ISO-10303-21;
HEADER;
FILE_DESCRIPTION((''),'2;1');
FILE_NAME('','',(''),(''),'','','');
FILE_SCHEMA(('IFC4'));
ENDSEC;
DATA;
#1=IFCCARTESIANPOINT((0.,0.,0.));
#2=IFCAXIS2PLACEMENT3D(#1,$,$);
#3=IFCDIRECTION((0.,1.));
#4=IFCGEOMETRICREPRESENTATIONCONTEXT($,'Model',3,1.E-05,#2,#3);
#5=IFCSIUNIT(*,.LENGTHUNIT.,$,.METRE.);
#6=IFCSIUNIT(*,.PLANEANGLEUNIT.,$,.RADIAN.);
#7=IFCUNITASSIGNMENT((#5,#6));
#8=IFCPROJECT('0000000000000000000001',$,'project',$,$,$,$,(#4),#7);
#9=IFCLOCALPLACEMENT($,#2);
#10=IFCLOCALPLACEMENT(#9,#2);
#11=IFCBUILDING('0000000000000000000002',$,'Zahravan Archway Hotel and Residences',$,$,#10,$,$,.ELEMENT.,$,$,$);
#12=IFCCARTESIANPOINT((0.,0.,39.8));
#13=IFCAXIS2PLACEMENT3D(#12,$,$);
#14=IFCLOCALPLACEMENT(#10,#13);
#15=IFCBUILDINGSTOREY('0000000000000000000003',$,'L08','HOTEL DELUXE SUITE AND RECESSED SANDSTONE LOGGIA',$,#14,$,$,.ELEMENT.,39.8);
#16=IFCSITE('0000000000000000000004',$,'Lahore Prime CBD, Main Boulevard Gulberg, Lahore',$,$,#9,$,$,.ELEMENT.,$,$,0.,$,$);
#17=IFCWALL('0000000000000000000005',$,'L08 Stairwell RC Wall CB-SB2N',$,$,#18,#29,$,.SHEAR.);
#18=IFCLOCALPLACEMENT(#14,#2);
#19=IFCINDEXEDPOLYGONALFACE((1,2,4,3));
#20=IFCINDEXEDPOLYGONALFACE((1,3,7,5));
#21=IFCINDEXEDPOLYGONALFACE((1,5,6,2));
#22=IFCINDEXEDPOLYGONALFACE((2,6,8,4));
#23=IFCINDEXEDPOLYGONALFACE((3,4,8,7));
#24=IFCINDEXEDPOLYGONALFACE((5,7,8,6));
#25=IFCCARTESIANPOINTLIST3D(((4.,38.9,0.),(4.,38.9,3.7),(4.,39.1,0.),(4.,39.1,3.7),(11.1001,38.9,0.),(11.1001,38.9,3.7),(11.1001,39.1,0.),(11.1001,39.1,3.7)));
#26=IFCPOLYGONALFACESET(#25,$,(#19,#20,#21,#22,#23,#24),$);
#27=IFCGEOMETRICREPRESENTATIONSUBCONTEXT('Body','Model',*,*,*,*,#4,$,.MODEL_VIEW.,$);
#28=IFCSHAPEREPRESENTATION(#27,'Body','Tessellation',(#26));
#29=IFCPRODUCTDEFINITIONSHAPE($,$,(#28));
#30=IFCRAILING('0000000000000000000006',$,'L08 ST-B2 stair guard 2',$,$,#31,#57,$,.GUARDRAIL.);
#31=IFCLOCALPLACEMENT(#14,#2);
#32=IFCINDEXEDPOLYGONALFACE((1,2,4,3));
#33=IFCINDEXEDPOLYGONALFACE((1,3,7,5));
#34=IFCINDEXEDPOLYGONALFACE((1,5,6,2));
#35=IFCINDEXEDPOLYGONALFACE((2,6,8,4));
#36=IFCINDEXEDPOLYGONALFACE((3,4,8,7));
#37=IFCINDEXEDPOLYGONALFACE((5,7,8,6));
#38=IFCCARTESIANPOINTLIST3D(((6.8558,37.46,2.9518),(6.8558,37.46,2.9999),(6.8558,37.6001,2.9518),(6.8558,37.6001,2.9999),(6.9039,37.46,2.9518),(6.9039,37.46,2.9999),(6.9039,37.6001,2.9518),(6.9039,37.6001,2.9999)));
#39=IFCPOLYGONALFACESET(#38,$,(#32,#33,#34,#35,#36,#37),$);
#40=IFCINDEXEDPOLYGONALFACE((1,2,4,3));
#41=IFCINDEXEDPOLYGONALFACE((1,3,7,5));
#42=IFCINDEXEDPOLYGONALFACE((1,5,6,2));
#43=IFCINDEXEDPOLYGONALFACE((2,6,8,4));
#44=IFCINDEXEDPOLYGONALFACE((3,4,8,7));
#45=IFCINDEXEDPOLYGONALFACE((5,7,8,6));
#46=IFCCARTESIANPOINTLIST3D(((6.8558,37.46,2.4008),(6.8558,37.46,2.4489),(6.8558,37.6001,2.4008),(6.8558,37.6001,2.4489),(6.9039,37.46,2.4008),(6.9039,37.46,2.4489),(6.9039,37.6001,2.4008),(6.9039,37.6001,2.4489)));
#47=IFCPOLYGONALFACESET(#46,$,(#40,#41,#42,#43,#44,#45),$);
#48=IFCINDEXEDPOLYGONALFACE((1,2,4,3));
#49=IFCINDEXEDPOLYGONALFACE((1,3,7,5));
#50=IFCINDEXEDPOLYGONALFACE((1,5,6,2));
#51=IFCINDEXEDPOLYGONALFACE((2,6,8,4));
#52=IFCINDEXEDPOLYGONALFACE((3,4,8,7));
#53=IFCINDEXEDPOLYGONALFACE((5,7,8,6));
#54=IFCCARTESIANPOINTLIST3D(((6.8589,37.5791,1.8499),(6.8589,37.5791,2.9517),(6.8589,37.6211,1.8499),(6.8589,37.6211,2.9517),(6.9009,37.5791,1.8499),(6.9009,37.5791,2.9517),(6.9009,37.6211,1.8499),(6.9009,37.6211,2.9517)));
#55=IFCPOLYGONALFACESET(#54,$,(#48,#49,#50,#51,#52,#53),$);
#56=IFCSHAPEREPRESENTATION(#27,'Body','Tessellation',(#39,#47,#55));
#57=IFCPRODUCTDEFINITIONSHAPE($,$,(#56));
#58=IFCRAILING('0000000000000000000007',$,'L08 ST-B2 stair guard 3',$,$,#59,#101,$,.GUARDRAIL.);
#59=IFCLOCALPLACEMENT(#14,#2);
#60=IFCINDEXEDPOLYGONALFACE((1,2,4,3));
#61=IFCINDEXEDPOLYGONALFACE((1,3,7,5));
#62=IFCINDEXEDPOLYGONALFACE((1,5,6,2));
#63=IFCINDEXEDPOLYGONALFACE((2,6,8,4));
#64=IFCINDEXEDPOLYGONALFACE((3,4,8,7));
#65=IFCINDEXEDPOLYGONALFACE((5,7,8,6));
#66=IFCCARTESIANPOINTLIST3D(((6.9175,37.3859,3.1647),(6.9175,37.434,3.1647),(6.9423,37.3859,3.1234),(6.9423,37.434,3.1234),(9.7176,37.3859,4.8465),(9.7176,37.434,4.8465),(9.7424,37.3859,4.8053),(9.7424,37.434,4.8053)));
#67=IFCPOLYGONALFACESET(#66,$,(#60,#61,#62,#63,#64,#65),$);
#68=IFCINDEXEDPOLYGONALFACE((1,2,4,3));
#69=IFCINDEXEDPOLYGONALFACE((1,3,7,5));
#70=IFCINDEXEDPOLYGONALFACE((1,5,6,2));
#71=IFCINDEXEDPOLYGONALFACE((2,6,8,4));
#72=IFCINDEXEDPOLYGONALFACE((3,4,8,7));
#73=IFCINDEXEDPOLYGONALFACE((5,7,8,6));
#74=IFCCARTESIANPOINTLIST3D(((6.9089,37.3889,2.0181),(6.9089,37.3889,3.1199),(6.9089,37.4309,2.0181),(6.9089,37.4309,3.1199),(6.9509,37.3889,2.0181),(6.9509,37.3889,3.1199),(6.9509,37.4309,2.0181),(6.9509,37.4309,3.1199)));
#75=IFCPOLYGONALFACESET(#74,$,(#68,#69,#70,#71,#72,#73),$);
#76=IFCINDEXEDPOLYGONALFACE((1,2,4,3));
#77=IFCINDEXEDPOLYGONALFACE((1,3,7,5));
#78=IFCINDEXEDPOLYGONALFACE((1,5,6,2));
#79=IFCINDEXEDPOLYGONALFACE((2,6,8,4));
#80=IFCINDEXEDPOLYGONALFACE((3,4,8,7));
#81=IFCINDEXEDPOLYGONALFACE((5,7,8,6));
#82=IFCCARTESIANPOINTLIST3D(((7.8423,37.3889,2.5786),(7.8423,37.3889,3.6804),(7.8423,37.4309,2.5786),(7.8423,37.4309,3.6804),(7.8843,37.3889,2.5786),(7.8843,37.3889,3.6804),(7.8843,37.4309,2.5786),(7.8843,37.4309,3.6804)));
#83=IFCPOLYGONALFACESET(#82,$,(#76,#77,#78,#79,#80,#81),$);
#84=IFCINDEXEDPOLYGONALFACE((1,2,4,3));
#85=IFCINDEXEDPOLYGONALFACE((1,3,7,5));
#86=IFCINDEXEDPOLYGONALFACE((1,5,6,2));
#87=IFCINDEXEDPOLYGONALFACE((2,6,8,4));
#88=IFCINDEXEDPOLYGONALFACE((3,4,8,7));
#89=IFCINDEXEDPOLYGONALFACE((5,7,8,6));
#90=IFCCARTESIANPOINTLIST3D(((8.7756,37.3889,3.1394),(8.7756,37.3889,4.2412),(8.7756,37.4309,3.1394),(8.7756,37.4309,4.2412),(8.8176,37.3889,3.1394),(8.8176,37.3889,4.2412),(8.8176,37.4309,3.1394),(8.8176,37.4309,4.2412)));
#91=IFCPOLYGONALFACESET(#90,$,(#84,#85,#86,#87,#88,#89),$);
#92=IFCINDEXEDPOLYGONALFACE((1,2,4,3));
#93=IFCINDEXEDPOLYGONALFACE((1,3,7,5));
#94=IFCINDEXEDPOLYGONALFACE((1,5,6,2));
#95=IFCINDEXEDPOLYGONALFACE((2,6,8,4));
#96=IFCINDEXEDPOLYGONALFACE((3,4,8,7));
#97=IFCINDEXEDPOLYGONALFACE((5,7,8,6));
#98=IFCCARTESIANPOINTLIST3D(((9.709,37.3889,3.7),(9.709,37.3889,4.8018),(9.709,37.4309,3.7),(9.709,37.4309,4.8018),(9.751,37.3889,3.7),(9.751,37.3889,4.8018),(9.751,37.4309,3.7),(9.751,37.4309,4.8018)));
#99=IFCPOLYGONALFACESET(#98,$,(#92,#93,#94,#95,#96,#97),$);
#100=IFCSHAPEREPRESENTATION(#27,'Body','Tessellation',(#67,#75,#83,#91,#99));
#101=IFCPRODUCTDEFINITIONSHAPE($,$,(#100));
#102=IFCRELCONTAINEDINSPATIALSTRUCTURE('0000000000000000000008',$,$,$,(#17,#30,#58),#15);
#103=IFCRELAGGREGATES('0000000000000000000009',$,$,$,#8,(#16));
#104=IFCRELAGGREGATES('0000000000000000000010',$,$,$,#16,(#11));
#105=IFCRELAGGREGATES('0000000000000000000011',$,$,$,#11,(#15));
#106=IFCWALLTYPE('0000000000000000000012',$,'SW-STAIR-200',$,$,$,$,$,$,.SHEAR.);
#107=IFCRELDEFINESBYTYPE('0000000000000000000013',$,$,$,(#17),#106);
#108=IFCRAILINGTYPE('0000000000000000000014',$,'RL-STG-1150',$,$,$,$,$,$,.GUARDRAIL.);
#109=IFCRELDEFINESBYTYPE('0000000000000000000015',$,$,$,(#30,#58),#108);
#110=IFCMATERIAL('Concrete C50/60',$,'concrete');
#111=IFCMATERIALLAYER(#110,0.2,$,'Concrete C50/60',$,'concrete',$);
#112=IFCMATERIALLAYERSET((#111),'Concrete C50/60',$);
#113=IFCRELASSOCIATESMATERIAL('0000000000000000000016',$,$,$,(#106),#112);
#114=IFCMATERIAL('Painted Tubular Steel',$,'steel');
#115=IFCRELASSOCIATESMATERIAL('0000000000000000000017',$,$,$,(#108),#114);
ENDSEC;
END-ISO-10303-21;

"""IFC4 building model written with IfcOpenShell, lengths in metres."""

from ifc_helpers import new_model, si_unit, direction, frame, frame_2d, origin, origin_2d, place, context, subcontext, project, spatial, rectangle, extrude, material, layer, layer_set, type_object, element, save


model = new_model("IFC4")

# Units and contexts
model_context = context("Model", 3, precision=1e-05, world=origin(), true_north=direction((0.0, 1.0)))
body_context = subcontext(model_context, "Body", "Model", "MODEL_VIEW")
ifc_project = project(units=[si_unit("LENGTHUNIT", "METRE"), si_unit("PLANEANGLEUNIT", "RADIAN")], contexts=[model_context])

# Site, building, storey
site_placement = place(None, origin())
site = spatial("IfcSite", under=ifc_project, at=site_placement, Name="Lahore Prime CBD, Main Boulevard Gulberg, Lahore", CompositionType="ELEMENT", RefElevation=0.0)
building_placement = place(site_placement, origin())
building = spatial("IfcBuilding", under=site, at=building_placement, Name="Zahravan Archway Hotel and Residences", CompositionType="ELEMENT")
storey_placement = place(building_placement, frame((0.0, 0.0, 39.8)))
storey = spatial("IfcBuildingStorey", under=building, at=storey_placement, Name="L08", Description="HOTEL DELUXE SUITE AND RECESSED SANDSTONE LOGGIA", CompositionType="ELEMENT", Elevation=39.8)

# Wall
ifc_material_1 = material(Name="Concrete C50/60", Category="concrete")
ifc_layer_1 = layer(ifc_material_1, 0.2, Name="Concrete C50/60", Category="concrete")
ifc_layer_set_1 = layer_set([ifc_layer_1], Name="Concrete C50/60")
wall_type_1 = type_object("IfcWallType", Name="SW-STAIR-200", PredefinedType="SHEAR", material=ifc_layer_set_1)
wall_1_placement = place(storey_placement, frame((4.0, 39.0, 0.0), z_axis=(0.0, 0.0, 1.0), x_axis=(1.0, 0.0, 0.0)))
element("IfcWall", 1, at=wall_1_placement, inside=storey, type_object=wall_type_1, Name="L08 Stairwell RC Wall CB-SB2N", PredefinedType="SHEAR", context=body_context, shape_type="SweptSolid", body=[
    extrude(rectangle(XDim=7.1001, YDim=0.2, at=frame_2d((3.55, 0.0))), origin(), (0.0, 0.0, 1.0), 3.7),
])

# Railings
ifc_material_2 = material(Name="Painted Tubular Steel", Category="steel")
railing_type_1 = type_object("IfcRailingType", Name="RL-STG-1150", PredefinedType="GUARDRAIL", material=ifc_material_2)
railing_1_placement = place(storey_placement, frame((6.8799, 37.6001, 1.8499)))
element("IfcRailing", 2, at=railing_1_placement, inside=storey, type_object=railing_type_1, Name="L08 ST-B2 stair guard 2", PredefinedType="GUARDRAIL", context=body_context, shape_type="SweptSolid", body=[
    extrude(rectangle(XDim=0.0481, YDim=0.0481, at=origin_2d()), frame((0.0, 0.0, 1.126), z_axis=(0.0, -1.0, 0.0), x_axis=(1.0, 0.0, 0.0)), (0.0, 0.0, 1.0), 0.1401),
    extrude(rectangle(XDim=0.0481, YDim=0.0481, at=origin_2d()), frame((0.0, 0.0, 0.575), z_axis=(0.0, -1.0, 0.0), x_axis=(1.0, 0.0, 0.0)), (0.0, 0.0, 1.0), 0.1401),
    extrude(rectangle(XDim=0.042, YDim=0.042, at=origin_2d()), origin(), (0.0, 0.0, 1.0), 1.1018),
])
railing_2_placement = place(storey_placement, frame((6.9299, 37.4099, 2.0181)))
element("IfcRailing", 3, at=railing_2_placement, inside=storey, type_object=railing_type_1, Name="L08 ST-B2 stair guard 3", PredefinedType="GUARDRAIL", context=body_context, shape_type="SweptSolid", body=[
    extrude(rectangle(XDim=0.0481, YDim=0.0481, at=origin_2d()), frame((0.0, 0.0, 1.126), z_axis=(0.857242, 0.0, 0.514913), x_axis=(0.0, 1.0, 0.0)), (0.0, 0.0, 1.0), 3.2664),
    extrude(rectangle(XDim=0.042, YDim=0.042, at=origin_2d()), origin(), (0.0, 0.0, 1.0), 1.1018),
    extrude(rectangle(XDim=0.042, YDim=0.042, at=origin_2d()), frame((0.9333, 0.0, 0.5605)), (0.0, 0.0, 1.0), 1.1018),
    extrude(rectangle(XDim=0.042, YDim=0.042, at=origin_2d()), frame((1.8667, 0.0, 1.1213)), (0.0, 0.0, 1.0), 1.1018),
    extrude(rectangle(XDim=0.042, YDim=0.042, at=origin_2d()), frame((2.8, 0.0, 1.6819)), (0.0, 0.0, 1.0), 1.1018),
])

save(model, "model.ifc")
